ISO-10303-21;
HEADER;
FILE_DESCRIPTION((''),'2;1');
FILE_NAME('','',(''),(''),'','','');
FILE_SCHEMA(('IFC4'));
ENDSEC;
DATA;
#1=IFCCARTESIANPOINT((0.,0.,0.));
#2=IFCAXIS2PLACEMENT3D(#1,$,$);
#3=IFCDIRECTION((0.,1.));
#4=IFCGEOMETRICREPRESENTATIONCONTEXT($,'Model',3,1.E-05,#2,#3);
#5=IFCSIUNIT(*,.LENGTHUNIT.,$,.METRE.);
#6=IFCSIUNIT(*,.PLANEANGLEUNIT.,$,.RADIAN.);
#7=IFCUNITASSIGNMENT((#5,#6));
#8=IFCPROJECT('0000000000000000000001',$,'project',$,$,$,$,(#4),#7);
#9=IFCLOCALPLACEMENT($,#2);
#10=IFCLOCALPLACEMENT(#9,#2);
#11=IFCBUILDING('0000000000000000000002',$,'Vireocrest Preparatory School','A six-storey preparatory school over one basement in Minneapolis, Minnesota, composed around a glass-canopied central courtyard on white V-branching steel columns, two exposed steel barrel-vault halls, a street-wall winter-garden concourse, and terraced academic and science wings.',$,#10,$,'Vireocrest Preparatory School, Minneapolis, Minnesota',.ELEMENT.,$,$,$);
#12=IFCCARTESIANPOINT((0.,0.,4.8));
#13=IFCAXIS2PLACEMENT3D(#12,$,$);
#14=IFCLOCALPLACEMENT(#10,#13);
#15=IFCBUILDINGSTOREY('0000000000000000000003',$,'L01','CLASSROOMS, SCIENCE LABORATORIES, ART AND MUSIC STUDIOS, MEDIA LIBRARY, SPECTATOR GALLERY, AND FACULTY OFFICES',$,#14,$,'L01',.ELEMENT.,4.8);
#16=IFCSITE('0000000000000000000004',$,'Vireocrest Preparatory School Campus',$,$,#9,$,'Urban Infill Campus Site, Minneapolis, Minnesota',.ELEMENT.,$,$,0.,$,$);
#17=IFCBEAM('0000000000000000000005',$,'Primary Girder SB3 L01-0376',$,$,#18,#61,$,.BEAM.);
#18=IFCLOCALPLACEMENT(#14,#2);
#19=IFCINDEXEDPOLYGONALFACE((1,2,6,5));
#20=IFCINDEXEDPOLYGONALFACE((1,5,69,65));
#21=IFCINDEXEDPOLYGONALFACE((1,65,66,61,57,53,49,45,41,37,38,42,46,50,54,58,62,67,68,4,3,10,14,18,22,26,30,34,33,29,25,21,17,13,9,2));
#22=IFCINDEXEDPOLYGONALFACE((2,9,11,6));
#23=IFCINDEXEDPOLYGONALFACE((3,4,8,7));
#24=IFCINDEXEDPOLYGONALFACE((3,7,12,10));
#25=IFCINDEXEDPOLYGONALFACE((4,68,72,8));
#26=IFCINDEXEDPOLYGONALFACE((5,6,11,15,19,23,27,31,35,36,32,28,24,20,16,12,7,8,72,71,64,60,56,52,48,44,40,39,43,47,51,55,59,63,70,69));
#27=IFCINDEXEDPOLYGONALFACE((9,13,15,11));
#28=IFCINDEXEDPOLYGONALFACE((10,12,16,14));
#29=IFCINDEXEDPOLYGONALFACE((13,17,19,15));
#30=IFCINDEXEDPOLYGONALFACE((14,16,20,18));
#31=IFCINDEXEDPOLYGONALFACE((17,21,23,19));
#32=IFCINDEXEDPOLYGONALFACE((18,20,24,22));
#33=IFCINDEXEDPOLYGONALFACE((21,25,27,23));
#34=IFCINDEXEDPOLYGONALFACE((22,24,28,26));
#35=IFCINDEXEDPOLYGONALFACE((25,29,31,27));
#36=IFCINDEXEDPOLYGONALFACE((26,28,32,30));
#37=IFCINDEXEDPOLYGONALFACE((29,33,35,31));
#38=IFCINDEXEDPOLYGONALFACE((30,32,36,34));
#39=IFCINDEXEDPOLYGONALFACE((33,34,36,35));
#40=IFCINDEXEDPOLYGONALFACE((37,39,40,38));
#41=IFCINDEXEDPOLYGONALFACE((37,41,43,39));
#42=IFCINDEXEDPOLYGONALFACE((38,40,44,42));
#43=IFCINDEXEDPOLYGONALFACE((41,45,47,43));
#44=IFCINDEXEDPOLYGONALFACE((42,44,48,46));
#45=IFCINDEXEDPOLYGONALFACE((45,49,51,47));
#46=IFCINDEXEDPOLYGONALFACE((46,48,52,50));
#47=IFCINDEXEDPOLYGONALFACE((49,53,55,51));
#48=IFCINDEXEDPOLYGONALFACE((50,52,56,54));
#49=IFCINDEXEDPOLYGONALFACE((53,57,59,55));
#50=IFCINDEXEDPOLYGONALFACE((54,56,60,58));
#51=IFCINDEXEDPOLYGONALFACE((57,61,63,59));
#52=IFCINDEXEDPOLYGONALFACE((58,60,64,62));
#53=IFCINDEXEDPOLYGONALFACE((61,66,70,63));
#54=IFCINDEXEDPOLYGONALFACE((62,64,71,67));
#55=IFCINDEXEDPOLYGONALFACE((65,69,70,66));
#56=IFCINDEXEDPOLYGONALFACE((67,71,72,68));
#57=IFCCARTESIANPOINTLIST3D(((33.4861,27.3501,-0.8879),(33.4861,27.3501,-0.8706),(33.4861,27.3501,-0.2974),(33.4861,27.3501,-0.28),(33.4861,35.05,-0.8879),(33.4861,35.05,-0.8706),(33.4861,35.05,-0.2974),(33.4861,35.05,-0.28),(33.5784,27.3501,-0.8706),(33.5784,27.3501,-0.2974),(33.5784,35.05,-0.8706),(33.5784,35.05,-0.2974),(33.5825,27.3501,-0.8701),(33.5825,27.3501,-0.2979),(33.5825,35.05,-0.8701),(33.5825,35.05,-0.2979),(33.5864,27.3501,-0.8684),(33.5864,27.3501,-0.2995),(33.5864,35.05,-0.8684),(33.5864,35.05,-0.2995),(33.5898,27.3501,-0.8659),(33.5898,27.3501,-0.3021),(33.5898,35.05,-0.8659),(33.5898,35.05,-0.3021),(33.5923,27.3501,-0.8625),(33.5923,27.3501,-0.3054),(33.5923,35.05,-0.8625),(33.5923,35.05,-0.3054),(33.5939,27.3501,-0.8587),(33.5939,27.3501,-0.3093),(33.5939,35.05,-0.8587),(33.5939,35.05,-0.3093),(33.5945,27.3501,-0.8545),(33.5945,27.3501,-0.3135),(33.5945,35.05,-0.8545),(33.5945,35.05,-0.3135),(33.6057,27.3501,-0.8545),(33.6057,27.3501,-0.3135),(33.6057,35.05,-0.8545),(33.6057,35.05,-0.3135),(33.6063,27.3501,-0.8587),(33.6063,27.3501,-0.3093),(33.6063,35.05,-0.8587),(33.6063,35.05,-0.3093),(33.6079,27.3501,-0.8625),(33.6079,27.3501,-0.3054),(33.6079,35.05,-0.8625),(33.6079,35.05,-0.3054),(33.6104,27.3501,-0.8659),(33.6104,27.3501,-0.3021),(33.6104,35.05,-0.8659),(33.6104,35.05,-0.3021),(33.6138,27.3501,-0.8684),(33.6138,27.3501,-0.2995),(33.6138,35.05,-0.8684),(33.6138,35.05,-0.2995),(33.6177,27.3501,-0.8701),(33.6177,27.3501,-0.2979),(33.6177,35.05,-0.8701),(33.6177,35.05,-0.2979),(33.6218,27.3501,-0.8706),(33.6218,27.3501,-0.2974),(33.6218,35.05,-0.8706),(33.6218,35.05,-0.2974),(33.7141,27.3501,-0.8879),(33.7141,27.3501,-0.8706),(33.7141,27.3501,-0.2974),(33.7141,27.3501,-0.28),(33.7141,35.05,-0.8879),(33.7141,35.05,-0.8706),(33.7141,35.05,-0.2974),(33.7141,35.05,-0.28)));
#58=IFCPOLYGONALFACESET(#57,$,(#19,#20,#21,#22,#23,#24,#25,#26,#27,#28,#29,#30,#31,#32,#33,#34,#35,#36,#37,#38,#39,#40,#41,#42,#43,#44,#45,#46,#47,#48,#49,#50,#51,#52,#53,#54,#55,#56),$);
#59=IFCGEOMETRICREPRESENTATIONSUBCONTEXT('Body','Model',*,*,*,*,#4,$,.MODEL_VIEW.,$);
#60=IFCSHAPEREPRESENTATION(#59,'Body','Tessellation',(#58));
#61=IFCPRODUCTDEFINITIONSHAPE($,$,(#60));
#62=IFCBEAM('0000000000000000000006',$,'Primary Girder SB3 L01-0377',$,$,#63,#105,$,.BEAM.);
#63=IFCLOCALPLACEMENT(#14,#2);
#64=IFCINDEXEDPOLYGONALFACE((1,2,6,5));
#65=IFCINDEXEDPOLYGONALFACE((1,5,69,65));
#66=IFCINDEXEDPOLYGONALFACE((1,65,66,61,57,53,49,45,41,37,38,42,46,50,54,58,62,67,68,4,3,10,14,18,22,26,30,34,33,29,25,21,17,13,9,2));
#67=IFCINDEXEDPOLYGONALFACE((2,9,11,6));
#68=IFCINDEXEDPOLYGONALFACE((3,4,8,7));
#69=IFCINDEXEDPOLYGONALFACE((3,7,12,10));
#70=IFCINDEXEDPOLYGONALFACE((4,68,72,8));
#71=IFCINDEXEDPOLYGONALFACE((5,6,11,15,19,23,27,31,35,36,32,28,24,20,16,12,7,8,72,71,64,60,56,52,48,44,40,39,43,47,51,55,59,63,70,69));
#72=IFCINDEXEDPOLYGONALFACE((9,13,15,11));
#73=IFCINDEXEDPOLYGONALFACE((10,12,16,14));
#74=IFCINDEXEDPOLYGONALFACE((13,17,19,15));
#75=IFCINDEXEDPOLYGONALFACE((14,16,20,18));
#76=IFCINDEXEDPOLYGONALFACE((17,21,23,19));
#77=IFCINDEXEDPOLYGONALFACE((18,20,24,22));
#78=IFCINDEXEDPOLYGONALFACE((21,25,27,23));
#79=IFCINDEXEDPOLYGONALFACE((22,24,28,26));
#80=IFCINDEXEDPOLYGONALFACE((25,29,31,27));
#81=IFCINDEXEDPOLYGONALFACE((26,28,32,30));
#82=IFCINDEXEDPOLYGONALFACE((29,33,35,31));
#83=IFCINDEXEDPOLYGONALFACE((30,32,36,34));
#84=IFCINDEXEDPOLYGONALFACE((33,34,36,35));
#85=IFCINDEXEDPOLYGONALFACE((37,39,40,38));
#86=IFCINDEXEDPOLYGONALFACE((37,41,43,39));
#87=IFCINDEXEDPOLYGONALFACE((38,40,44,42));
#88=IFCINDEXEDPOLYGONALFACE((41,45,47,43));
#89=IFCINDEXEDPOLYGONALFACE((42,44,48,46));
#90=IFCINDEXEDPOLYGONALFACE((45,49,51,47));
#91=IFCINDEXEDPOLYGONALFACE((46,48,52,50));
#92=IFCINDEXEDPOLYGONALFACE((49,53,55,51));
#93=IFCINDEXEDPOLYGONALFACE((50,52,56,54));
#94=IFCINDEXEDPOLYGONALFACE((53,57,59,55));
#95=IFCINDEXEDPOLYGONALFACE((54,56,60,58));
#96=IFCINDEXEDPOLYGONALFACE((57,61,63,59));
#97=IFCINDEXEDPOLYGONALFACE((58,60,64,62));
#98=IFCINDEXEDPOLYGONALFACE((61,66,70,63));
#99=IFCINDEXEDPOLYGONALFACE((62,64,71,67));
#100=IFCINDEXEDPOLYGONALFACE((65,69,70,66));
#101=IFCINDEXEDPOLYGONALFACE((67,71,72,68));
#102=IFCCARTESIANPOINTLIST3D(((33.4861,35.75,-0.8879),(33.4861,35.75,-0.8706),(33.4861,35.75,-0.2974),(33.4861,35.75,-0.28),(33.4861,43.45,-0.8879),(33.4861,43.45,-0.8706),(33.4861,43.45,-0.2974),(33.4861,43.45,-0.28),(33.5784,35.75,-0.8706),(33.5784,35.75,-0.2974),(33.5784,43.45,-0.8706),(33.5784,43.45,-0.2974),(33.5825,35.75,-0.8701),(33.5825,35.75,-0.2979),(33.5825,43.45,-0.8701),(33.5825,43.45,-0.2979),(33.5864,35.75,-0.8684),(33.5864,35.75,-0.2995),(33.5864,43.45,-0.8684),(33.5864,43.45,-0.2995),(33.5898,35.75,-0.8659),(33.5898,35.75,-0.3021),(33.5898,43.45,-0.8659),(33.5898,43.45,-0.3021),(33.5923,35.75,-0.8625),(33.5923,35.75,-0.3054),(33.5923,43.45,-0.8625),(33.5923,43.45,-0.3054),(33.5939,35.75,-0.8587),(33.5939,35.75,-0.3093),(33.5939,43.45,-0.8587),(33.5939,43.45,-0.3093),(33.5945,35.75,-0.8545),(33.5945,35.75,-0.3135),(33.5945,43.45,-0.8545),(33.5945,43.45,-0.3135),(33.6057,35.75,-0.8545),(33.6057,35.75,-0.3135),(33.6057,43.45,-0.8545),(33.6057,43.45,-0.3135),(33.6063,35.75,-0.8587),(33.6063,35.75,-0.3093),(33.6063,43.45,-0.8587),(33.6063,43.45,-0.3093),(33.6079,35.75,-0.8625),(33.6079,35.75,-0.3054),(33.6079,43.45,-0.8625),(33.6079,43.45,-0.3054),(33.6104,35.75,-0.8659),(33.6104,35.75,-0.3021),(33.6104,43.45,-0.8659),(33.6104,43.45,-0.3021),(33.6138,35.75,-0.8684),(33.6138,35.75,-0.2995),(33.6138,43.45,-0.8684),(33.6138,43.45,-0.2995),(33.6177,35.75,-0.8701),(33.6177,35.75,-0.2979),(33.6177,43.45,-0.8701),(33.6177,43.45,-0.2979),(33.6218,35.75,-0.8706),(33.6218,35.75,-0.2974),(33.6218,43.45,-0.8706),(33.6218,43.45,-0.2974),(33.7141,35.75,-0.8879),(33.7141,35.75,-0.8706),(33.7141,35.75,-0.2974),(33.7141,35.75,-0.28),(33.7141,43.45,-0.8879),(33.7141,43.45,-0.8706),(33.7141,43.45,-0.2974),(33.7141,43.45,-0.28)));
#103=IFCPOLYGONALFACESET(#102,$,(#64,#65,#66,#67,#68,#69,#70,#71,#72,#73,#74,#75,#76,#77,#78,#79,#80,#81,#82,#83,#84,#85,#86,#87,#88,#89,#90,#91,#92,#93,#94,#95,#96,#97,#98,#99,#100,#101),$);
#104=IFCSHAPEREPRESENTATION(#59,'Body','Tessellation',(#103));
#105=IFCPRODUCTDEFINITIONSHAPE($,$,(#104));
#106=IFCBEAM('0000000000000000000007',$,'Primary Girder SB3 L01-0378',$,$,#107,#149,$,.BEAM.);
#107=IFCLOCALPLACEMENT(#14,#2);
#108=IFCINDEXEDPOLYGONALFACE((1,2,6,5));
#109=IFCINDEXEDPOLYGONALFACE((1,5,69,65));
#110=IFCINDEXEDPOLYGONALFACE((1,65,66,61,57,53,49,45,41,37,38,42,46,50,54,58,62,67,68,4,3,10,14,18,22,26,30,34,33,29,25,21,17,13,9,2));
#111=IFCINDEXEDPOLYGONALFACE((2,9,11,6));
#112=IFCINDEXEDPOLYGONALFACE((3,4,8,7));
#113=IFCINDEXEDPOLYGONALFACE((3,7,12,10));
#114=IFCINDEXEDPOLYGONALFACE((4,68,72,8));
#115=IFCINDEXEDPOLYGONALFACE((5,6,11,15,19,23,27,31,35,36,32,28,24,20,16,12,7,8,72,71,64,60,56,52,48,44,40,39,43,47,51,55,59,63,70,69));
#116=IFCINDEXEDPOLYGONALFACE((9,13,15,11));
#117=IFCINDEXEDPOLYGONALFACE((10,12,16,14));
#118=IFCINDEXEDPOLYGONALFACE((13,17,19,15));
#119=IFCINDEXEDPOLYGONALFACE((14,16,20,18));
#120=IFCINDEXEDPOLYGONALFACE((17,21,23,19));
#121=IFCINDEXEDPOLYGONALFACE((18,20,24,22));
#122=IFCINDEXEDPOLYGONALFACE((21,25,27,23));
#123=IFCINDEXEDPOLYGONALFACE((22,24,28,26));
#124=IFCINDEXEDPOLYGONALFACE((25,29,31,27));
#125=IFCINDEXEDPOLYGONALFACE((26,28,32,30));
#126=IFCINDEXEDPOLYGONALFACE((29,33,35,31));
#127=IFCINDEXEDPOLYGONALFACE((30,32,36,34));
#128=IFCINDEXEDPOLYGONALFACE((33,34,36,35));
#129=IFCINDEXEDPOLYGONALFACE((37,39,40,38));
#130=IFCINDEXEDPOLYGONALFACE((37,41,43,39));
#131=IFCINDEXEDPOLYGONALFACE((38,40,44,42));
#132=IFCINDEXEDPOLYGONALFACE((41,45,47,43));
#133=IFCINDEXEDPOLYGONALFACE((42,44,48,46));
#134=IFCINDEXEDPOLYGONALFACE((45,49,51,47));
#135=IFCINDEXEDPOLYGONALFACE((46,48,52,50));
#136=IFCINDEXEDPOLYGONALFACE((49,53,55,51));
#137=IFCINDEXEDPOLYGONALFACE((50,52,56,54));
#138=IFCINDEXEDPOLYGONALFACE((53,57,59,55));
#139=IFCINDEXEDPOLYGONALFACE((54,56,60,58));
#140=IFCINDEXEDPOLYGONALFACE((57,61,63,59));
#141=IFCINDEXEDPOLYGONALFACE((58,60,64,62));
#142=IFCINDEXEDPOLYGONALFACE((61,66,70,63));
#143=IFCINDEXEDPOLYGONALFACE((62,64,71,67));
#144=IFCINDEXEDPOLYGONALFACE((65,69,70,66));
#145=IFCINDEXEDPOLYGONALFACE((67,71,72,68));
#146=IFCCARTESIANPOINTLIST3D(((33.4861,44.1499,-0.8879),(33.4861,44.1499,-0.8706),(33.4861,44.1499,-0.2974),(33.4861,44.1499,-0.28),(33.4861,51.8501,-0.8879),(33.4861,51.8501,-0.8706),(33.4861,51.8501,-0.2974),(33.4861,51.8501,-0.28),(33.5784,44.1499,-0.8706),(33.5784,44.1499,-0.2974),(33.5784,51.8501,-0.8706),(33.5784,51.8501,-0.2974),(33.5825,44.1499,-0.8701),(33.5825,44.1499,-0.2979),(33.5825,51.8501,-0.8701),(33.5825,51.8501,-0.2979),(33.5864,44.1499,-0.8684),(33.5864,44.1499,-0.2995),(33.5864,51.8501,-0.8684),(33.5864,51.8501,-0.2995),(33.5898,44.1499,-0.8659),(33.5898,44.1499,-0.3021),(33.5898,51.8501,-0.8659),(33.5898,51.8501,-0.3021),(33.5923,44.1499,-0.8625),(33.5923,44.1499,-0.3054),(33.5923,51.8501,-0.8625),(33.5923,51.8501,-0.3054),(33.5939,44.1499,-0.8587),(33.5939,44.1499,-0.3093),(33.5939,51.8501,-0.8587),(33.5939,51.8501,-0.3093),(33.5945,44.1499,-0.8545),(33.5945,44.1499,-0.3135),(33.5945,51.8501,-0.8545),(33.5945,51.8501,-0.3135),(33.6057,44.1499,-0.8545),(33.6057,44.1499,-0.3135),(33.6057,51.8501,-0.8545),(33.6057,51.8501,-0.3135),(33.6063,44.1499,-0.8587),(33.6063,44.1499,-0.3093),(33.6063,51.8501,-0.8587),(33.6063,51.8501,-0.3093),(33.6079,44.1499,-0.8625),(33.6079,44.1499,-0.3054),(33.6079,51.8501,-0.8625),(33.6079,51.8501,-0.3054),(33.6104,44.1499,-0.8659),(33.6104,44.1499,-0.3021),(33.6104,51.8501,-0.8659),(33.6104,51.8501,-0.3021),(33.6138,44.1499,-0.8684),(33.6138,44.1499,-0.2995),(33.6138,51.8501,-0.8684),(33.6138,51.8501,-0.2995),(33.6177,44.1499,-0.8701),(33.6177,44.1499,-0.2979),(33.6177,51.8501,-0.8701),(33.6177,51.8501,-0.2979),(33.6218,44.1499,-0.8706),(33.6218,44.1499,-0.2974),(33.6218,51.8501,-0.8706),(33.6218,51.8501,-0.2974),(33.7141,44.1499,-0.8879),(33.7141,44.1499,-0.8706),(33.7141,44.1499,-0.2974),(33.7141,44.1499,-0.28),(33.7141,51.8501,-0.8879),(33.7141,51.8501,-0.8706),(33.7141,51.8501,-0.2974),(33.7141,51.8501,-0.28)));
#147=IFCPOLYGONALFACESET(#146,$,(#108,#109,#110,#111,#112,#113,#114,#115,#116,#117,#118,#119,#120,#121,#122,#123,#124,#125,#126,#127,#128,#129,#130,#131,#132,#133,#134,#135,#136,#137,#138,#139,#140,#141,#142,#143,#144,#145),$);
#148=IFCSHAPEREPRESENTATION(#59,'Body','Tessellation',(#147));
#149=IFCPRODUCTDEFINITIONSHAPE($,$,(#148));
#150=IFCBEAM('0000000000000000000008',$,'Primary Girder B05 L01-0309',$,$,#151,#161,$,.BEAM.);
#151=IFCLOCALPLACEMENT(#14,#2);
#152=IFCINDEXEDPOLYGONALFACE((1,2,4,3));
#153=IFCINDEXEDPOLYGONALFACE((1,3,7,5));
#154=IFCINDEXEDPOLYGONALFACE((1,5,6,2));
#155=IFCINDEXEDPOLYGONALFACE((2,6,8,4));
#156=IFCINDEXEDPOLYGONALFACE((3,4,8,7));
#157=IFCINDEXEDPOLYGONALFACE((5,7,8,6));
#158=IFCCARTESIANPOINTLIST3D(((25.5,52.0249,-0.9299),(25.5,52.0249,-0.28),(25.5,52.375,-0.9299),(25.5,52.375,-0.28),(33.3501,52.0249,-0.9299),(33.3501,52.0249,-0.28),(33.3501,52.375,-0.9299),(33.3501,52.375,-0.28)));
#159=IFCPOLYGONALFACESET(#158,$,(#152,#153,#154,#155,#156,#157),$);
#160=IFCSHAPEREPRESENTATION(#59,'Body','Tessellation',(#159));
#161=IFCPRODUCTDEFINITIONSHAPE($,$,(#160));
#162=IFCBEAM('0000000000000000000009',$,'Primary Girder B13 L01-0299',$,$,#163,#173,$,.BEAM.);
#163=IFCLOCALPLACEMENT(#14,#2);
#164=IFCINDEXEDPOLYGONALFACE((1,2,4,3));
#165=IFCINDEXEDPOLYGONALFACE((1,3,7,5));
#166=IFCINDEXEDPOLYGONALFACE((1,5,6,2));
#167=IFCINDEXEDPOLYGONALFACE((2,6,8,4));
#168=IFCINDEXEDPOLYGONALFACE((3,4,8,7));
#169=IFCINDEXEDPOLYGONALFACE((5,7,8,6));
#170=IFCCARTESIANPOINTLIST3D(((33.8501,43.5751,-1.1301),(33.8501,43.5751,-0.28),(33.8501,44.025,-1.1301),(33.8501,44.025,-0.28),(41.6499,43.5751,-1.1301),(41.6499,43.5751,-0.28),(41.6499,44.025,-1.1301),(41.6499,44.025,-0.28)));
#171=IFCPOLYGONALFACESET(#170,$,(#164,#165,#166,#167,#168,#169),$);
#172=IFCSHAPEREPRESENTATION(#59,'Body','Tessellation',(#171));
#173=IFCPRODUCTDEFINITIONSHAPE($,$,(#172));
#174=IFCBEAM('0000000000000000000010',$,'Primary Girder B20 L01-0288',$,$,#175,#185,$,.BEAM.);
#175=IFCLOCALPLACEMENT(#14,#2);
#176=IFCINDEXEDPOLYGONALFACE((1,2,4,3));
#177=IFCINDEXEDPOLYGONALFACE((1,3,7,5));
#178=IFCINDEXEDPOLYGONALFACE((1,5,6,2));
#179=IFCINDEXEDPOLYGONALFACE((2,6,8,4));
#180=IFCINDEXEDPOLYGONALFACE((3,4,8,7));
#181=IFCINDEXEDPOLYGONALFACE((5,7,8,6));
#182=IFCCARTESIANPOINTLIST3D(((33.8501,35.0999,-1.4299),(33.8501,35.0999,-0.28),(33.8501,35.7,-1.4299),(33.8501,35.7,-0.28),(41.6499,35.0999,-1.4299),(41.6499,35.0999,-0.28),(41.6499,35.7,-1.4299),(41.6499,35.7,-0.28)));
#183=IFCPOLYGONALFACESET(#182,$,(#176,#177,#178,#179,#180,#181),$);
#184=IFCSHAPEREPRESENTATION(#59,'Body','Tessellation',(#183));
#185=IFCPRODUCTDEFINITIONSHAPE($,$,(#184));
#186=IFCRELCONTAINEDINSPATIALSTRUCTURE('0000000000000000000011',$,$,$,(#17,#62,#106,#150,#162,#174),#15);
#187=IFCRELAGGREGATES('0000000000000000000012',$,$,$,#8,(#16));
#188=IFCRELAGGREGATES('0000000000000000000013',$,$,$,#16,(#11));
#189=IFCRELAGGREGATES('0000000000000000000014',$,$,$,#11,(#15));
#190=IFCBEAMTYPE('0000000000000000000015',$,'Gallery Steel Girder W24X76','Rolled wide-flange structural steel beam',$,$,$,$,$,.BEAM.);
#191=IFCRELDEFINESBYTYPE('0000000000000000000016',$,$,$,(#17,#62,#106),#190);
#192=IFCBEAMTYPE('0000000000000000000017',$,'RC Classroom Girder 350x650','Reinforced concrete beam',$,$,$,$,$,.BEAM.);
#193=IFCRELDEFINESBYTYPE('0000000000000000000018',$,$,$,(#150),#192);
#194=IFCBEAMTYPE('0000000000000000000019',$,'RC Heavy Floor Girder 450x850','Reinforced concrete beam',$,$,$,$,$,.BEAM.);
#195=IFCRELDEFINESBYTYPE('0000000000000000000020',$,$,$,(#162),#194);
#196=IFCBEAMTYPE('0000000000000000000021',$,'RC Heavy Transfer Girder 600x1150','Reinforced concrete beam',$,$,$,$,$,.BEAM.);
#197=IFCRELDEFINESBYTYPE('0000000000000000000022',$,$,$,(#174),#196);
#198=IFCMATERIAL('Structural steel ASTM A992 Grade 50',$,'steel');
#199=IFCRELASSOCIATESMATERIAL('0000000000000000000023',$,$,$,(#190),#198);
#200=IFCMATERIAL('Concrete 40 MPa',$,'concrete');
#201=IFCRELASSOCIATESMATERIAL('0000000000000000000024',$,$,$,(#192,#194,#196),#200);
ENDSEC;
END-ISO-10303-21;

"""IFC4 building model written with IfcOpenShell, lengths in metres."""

from ifc_helpers import new_model, si_unit, direction, frame, origin, origin_2d, place, context, subcontext, project, spatial, rectangle, i_section, extrude, material, material_profile, profile_set, type_object, element, save


model = new_model("IFC4")

# Units and contexts
model_context = context("Model", 3, precision=1e-05, world=origin(), true_north=direction((0.0, 1.0)))
body_context = subcontext(model_context, "Body", "Model", "MODEL_VIEW")
ifc_project = project(units=[si_unit("LENGTHUNIT", "METRE"), si_unit("PLANEANGLEUNIT", "RADIAN")], contexts=[model_context])

# Site, building, storey
site_placement = place(None, origin())
site = spatial("IfcSite", under=ifc_project, at=site_placement, Name="Vireocrest Preparatory School Campus", LongName="Urban Infill Campus Site, Minneapolis, Minnesota", CompositionType="ELEMENT", RefElevation=0.0)
building_placement = place(site_placement, origin())
building = spatial("IfcBuilding", under=site, at=building_placement, Name="Vireocrest Preparatory School", Description="A six-storey preparatory school over one basement in Minneapolis, Minnesota, composed around a glass-canopied central courtyard on white V-branching steel columns, two exposed steel barrel-vault halls, a street-wall winter-garden concourse, and terraced academic and science wings.", LongName="Vireocrest Preparatory School, Minneapolis, Minnesota", CompositionType="ELEMENT")
storey_placement = place(building_placement, frame((0.0, 0.0, 4.8)))
storey = spatial("IfcBuildingStorey", under=building, at=storey_placement, Name="L01", Description="CLASSROOMS, SCIENCE LABORATORIES, ART AND MUSIC STUDIOS, MEDIA LIBRARY, SPECTATOR GALLERY, AND FACULTY OFFICES", LongName="L01", CompositionType="ELEMENT", Elevation=4.8)

# Beams
ifc_material_1 = material(Name="Structural steel ASTM A992 Grade 50", Category="steel")
ifc_material_profile_1 = material_profile(ifc_material_1, i_section(OverallWidth=0.228, OverallDepth=0.6079, WebThickness=0.0112, FlangeThickness=0.0173, FilletRadius=0.0161, at=origin_2d()), Name="W24X76")
ifc_profile_set_1 = profile_set([ifc_material_profile_1], Name="Structural steel ASTM A992 Grade 50")
beam_type_1 = type_object("IfcBeamType", Name="Gallery Steel Girder W24X76", Description="Rolled wide-flange structural steel beam", PredefinedType="BEAM", material=ifc_profile_set_1)
for number, where, z_axis, x_axis, name in (
    (1, (33.6001, 27.3501, -0.584), (0.0, 1.0, 0.0), (-1.0, 0.0, 0.0), "Primary Girder SB3 L01-0376"),
    (2, (33.6001, 35.75, -0.584), (0.0, 1.0, 0.0), (-1.0, 0.0, 0.0), "Primary Girder SB3 L01-0377"),
):
    element("IfcBeam", number, at=place(storey_placement, frame(where, z_axis=z_axis, x_axis=x_axis)), inside=storey, type_object=beam_type_1, Name=name, PredefinedType="BEAM", context=body_context, shape_type="SweptSolid", body=[
        extrude(i_section(OverallWidth=0.228, OverallDepth=0.6079, WebThickness=0.0112, FlangeThickness=0.0173, FilletRadius=0.0161, at=origin_2d()), origin(), (0.0, 0.0, 1.0), 7.7),
    ])
beam_1_placement = place(storey_placement, frame((33.6001, 44.1499, -0.584), z_axis=(0.0, 1.0, 0.0), x_axis=(-1.0, 0.0, 0.0)))
element("IfcBeam", 3, at=beam_1_placement, inside=storey, type_object=beam_type_1, Name="Primary Girder SB3 L01-0378", PredefinedType="BEAM", context=body_context, shape_type="SweptSolid", body=[
    extrude(i_section(OverallWidth=0.228, OverallDepth=0.6079, WebThickness=0.0112, FlangeThickness=0.0173, FilletRadius=0.0161, at=origin_2d()), origin(), (0.0, 0.0, 1.0), 7.7002),
])
ifc_material_2 = material(Name="Concrete 40 MPa", Category="concrete")
ifc_material_profile_2 = material_profile(ifc_material_2, rectangle(XDim=0.3501, YDim=0.6499, at=origin_2d()), Name="RC 350x650")
ifc_profile_set_2 = profile_set([ifc_material_profile_2], Name="Concrete 40 MPa")
beam_type_2 = type_object("IfcBeamType", Name="RC Classroom Girder 350x650", Description="Reinforced concrete beam", PredefinedType="BEAM", material=ifc_profile_set_2)
beam_2_placement = place(storey_placement, frame((25.5, 52.2, -0.605), z_axis=(1.0, 0.0, 0.0), x_axis=(0.0, 1.0, 0.0)))
element("IfcBeam", 4, at=beam_2_placement, inside=storey, type_object=beam_type_2, Name="Primary Girder B05 L01-0309", PredefinedType="BEAM", context=body_context, shape_type="SweptSolid", body=[
    extrude(rectangle(XDim=0.3501, YDim=0.6499, at=origin_2d()), origin(), (0.0, 0.0, 1.0), 7.8501),
])
ifc_material_profile_3 = material_profile(ifc_material_2, rectangle(XDim=0.45, YDim=0.8501, at=origin_2d()), Name="RC 450x850")
ifc_profile_set_3 = profile_set([ifc_material_profile_3], Name="Concrete 40 MPa")
beam_type_3 = type_object("IfcBeamType", Name="RC Heavy Floor Girder 450x850", Description="Reinforced concrete beam", PredefinedType="BEAM", material=ifc_profile_set_3)
beam_3_placement = place(storey_placement, frame((33.8501, 43.8, -0.7051), z_axis=(1.0, 0.0, 0.0), x_axis=(0.0, 1.0, 0.0)))
element("IfcBeam", 5, at=beam_3_placement, inside=storey, type_object=beam_type_3, Name="Primary Girder B13 L01-0299", PredefinedType="BEAM", context=body_context, shape_type="SweptSolid", body=[
    extrude(rectangle(XDim=0.45, YDim=0.8501, at=origin_2d()), origin(), (0.0, 0.0, 1.0), 7.7998),
])
ifc_material_profile_4 = material_profile(ifc_material_2, rectangle(XDim=0.6001, YDim=1.1499, at=origin_2d()), Name="RC 600x1150")
ifc_profile_set_4 = profile_set([ifc_material_profile_4], Name="Concrete 40 MPa")
beam_type_4 = type_object("IfcBeamType", Name="RC Heavy Transfer Girder 600x1150", Description="Reinforced concrete beam", PredefinedType="BEAM", material=ifc_profile_set_4)
beam_4_placement = place(storey_placement, frame((33.8501, 35.3999, -0.855), z_axis=(1.0, 0.0, 0.0), x_axis=(0.0, 1.0, 0.0)))
element("IfcBeam", 6, at=beam_4_placement, inside=storey, type_object=beam_type_4, Name="Primary Girder B20 L01-0288", PredefinedType="BEAM", context=body_context, shape_type="SweptSolid", body=[
    extrude(rectangle(XDim=0.6001, YDim=1.1499, at=origin_2d()), origin(), (0.0, 0.0, 1.0), 7.7998),
])

save(model, "model.ifc")
